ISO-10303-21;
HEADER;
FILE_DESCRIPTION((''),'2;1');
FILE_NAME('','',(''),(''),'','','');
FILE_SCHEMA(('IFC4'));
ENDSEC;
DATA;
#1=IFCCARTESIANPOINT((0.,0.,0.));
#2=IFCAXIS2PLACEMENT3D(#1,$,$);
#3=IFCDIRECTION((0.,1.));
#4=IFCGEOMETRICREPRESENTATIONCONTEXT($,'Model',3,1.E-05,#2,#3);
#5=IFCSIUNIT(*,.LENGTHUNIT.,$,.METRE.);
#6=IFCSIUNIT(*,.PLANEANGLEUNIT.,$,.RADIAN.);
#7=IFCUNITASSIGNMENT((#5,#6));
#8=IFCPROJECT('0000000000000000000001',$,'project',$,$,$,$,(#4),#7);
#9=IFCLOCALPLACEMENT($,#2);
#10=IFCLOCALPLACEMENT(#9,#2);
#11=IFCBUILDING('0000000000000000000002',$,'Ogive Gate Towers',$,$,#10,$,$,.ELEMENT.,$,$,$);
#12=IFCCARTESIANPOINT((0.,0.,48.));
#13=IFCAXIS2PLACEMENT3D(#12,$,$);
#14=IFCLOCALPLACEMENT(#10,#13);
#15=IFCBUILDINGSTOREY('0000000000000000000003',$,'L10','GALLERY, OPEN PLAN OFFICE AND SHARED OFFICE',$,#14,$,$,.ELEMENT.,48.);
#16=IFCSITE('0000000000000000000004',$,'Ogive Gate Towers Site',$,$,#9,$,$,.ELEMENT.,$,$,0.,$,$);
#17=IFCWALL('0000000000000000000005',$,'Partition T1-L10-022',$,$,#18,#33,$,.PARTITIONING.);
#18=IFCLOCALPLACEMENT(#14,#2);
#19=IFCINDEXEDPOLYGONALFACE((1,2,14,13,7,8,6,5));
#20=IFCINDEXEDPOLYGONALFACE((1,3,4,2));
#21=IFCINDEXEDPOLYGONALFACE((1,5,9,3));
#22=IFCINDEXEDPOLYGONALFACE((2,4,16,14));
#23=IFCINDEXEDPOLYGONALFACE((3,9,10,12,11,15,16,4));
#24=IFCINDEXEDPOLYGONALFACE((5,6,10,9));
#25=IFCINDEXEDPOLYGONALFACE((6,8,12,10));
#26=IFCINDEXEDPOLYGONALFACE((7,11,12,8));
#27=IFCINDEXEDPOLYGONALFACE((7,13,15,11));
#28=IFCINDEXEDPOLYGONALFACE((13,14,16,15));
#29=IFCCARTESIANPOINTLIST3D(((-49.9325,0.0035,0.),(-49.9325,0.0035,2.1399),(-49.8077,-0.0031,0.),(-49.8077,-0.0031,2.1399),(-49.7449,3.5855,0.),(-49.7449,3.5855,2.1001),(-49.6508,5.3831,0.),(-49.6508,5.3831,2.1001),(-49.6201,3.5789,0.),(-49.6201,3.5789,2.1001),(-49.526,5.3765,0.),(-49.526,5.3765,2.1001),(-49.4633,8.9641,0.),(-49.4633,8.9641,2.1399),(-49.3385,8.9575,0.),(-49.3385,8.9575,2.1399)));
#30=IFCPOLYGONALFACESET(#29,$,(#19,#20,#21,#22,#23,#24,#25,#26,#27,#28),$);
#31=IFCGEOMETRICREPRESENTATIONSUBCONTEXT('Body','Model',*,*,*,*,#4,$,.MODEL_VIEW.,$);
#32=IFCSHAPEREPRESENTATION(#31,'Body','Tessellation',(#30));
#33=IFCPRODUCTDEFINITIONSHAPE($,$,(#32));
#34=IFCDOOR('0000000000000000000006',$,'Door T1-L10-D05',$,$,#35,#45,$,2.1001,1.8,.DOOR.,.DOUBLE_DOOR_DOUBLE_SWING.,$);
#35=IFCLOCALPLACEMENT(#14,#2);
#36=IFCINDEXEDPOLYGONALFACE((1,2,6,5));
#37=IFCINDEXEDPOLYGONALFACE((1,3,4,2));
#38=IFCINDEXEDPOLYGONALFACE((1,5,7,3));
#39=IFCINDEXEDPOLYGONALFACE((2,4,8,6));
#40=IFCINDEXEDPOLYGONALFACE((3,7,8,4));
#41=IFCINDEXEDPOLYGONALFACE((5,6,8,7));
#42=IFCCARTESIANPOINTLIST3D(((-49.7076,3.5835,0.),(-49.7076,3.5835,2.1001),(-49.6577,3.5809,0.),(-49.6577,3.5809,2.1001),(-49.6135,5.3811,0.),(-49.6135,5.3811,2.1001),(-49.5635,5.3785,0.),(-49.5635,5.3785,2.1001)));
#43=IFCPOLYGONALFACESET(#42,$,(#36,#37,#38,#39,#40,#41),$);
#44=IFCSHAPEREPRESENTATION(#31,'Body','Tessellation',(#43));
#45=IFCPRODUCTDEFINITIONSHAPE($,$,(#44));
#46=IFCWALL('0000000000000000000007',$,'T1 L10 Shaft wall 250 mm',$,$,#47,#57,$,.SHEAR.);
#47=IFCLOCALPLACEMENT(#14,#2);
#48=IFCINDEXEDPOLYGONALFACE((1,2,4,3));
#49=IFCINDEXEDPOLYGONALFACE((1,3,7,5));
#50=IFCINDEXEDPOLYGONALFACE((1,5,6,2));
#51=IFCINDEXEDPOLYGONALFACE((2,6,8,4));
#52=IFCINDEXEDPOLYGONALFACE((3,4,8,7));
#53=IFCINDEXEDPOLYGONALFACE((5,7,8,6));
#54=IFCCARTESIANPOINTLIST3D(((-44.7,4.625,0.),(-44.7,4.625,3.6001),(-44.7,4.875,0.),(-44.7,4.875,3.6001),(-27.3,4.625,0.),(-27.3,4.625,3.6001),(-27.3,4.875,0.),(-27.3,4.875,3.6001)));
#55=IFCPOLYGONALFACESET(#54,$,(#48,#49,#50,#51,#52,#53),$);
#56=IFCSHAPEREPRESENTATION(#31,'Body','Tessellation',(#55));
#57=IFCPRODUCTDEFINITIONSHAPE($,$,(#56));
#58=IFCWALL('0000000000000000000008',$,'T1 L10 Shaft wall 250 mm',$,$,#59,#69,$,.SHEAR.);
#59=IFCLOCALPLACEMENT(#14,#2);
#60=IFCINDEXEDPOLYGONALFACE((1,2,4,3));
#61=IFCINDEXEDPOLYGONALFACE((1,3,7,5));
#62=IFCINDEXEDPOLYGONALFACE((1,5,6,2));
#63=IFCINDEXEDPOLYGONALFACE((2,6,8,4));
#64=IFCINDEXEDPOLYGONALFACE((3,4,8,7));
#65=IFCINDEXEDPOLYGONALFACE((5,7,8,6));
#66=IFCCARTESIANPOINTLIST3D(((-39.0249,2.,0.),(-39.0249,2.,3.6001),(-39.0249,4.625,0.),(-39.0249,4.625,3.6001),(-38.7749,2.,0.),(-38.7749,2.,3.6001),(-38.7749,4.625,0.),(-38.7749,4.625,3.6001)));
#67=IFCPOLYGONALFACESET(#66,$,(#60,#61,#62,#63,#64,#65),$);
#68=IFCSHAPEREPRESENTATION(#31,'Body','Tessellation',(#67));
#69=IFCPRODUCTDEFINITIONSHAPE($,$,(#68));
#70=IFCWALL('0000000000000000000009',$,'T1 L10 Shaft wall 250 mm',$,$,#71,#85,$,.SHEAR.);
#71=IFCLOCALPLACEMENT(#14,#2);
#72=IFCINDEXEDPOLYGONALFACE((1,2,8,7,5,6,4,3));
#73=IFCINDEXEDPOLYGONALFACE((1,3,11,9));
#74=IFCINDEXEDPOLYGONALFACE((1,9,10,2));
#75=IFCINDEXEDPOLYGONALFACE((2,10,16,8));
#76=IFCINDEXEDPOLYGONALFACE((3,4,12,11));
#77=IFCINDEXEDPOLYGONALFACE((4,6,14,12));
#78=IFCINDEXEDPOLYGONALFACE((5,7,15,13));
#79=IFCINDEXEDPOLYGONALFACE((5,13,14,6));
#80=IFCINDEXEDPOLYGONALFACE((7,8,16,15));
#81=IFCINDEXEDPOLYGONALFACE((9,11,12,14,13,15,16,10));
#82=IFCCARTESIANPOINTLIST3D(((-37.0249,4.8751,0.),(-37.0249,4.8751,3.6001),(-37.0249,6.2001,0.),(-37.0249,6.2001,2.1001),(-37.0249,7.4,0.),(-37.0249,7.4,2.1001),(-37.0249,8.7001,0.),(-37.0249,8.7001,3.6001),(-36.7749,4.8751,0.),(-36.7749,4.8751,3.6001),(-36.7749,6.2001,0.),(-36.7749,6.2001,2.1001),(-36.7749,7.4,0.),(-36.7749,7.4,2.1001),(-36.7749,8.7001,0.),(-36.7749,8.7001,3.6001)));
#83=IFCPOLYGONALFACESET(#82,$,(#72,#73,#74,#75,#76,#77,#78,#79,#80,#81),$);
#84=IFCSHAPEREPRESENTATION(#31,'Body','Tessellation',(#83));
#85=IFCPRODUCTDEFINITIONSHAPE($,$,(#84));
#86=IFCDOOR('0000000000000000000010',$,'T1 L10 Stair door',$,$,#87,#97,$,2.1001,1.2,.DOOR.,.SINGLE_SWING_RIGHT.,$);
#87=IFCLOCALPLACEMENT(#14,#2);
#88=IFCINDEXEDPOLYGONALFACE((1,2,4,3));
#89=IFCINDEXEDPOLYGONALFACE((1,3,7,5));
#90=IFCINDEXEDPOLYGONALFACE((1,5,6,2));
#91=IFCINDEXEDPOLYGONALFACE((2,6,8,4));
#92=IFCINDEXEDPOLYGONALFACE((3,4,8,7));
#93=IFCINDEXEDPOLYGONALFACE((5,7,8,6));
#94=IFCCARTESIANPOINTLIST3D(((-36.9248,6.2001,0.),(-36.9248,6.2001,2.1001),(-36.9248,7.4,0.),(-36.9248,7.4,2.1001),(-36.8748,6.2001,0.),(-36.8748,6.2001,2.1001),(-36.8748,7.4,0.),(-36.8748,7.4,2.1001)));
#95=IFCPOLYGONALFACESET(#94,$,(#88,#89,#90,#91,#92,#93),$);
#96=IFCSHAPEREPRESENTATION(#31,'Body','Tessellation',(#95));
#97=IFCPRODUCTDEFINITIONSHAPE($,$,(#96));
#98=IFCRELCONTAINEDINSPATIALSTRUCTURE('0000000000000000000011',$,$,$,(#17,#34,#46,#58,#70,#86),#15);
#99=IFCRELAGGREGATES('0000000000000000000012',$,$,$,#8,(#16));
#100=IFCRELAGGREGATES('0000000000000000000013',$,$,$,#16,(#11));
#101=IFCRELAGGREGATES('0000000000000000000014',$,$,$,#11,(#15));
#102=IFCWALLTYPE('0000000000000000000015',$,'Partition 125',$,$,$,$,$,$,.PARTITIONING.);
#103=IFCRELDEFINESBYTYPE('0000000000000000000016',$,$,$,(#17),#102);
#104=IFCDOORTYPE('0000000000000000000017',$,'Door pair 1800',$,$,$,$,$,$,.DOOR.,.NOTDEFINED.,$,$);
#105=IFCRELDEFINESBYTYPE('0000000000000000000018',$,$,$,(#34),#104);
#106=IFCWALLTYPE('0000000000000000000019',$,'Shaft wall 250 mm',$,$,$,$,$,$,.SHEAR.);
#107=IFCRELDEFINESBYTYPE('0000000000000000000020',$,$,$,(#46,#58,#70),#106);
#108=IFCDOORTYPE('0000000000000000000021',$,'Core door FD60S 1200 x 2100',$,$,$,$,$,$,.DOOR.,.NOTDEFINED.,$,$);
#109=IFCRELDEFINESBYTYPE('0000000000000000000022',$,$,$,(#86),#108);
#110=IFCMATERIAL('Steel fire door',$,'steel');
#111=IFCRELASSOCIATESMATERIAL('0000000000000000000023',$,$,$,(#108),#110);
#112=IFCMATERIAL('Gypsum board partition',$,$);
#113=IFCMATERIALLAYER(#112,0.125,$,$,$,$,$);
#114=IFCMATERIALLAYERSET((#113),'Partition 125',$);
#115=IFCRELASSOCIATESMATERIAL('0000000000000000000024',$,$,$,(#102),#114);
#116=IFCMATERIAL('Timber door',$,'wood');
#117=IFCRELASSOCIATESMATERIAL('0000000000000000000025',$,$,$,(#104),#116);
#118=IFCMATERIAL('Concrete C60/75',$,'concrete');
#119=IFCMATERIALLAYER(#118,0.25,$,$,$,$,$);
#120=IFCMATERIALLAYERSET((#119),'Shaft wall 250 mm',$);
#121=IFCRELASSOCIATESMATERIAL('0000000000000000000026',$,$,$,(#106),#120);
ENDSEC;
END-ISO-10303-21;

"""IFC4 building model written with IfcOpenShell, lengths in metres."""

from ifc_helpers import new_model, si_unit, direction, frame, frame_2d, origin, place, context, subcontext, project, spatial, rectangle, extrude, material, layer, layer_set, type_object, element, fill, save


model = new_model("IFC4")

# Units and contexts
model_context = context("Model", 3, precision=1e-05, world=origin(), true_north=direction((0.0, 1.0)))
body_context = subcontext(model_context, "Body", "Model", "MODEL_VIEW")
ifc_project = project(units=[si_unit("LENGTHUNIT", "METRE"), si_unit("PLANEANGLEUNIT", "RADIAN")], contexts=[model_context])

# Site, building, storey
site_placement = place(None, origin())
site = spatial("IfcSite", under=ifc_project, at=site_placement, Name="Ogive Gate Towers Site", CompositionType="ELEMENT", RefElevation=0.0)
building_placement = place(site_placement, origin())
building = spatial("IfcBuilding", under=site, at=building_placement, Name="Ogive Gate Towers", CompositionType="ELEMENT")
storey_placement = place(building_placement, frame((0.0, 0.0, 48.0)))
storey = spatial("IfcBuildingStorey", under=building, at=storey_placement, Name="L10", Description="GALLERY, OPEN PLAN OFFICE AND SHARED OFFICE", CompositionType="ELEMENT", Elevation=48.0)

# Shared definitions
ifc_material_1 = material(Name="Concrete C60/75", Category="concrete")
ifc_material_2 = material(Name="Timber door", Category="wood")
ifc_material_3 = material(Name="Steel fire door", Category="steel")
door_type_1 = type_object("IfcDoorType", Name="Core door FD60S 1200 x 2100", OperationType="NOTDEFINED", PredefinedType="DOOR", material=ifc_material_3)

# Wall, opening, door
ifc_material_4 = material(Name="Gypsum board partition")
ifc_layer_1 = layer(ifc_material_4, 0.125)
ifc_layer_set_1 = layer_set([ifc_layer_1], Name="Partition 125")
wall_type_1 = type_object("IfcWallType", Name="Partition 125", PredefinedType="PARTITIONING", material=ifc_layer_set_1)
wall_1_placement = place(storey_placement, frame((-49.4009, 8.9607, 0.0), z_axis=(0.0, 0.0, 1.0), x_axis=(-0.052295, -0.998632, 0.0)))
wall_1 = element("IfcWall", 1, at=wall_1_placement, inside=storey, type_object=wall_type_1, Name="Partition T1-L10-022", PredefinedType="PARTITIONING", context=body_context, shape_type="SweptSolid", body=[
    extrude(rectangle(XDim=8.9729, YDim=0.125, at=frame_2d((4.4863, 0.0))), origin(), (0.0, 0.0, 1.0), 2.1399),
])
opening_1_placement = place(wall_1_placement, frame((3.5859, 0.0, 0.0)))
opening_1 = element("IfcOpeningElement", 2, at=opening_1_placement, cuts=wall_1, PredefinedType="OPENING", context=body_context, shape_type="SweptSolid", body=[
    extrude(rectangle(XDim=1.8, YDim=2.1001, at=frame_2d((0.8999, 1.05))), frame((0.0, 0.0725, 0.0), z_axis=(0.0, -1.0, 0.0), x_axis=(1.0, 0.0, 0.0)), (0.0, 0.0, 1.0), 0.145),
])
door_type_2 = type_object("IfcDoorType", Name="Door pair 1800", OperationType="NOTDEFINED", PredefinedType="DOOR", material=ifc_material_2)
door_1_placement = place(opening_1_placement, origin())
door_1 = element("IfcDoor", 3, at=door_1_placement, inside=storey, type_object=door_type_2, Name="Door T1-L10-D05", OperationType="DOUBLE_DOOR_DOUBLE_SWING", OverallHeight=2.1001, OverallWidth=1.8, PredefinedType="DOOR", context=body_context, shape_type="SweptSolid", body=[
    extrude(rectangle(XDim=1.8, YDim=2.1001, at=frame_2d((0.8999, 1.05))), frame((0.0, 0.0249, 0.0), z_axis=(0.0, -1.0, 0.0), x_axis=(1.0, 0.0, 0.0)), (0.0, 0.0, 1.0), 0.05),
])
fill(opening_1, door_1)

# Walls
ifc_layer_2 = layer(ifc_material_1, 0.25)
ifc_layer_set_2 = layer_set([ifc_layer_2], Name="Shaft wall 250 mm")
wall_type_2 = type_object("IfcWallType", Name="Shaft wall 250 mm", PredefinedType="SHEAR", material=ifc_layer_set_2)
wall_2_placement = place(storey_placement, frame((-44.7, 4.75, 0.0), z_axis=(0.0, 0.0, 1.0), x_axis=(1.0, 0.0, 0.0)))
element("IfcWall", 4, at=wall_2_placement, inside=storey, type_object=wall_type_2, Name="T1 L10 Shaft wall 250 mm", PredefinedType="SHEAR", context=body_context, shape_type="SweptSolid", body=[
    extrude(rectangle(XDim=17.3999, YDim=0.25, at=frame_2d((8.7, 0.0))), origin(), (0.0, 0.0, 1.0), 3.6001),
])
wall_3_placement = place(storey_placement, frame((-38.8999, 2.0, 0.0), z_axis=(0.0, 0.0, 1.0), x_axis=(0.0, 1.0, 0.0)))
element("IfcWall", 5, at=wall_3_placement, inside=storey, type_object=wall_type_2, Name="T1 L10 Shaft wall 250 mm", PredefinedType="SHEAR", context=body_context, shape_type="SweptSolid", body=[
    extrude(rectangle(XDim=2.625, YDim=0.25, at=frame_2d((1.3125, 0.0))), origin(), (0.0, 0.0, 1.0), 3.6001),
])

# Wall, opening, door
wall_4_placement = place(storey_placement, frame((-36.8999, 4.875, 0.0), z_axis=(0.0, 0.0, 1.0), x_axis=(0.0, 1.0, 0.0)))
wall_4 = element("IfcWall", 6, at=wall_4_placement, inside=storey, type_object=wall_type_2, Name="T1 L10 Shaft wall 250 mm", PredefinedType="SHEAR", context=body_context, shape_type="SweptSolid", body=[
    extrude(rectangle(XDim=3.825, YDim=0.25, at=frame_2d((1.9126, 0.0))), origin(), (0.0, 0.0, 1.0), 3.6001),
])
opening_2_placement = place(wall_4_placement, frame((1.325, 0.0, 0.0)))
opening_2 = element("IfcOpeningElement", 7, at=opening_2_placement, cuts=wall_4, PredefinedType="OPENING", context=body_context, shape_type="SweptSolid", body=[
    extrude(rectangle(XDim=1.2, YDim=2.1001, at=frame_2d((0.6001, 1.05))), frame((0.0, 0.135, 0.0), z_axis=(0.0, -1.0, 0.0), x_axis=(1.0, 0.0, 0.0)), (0.0, 0.0, 1.0), 0.27),
])
door_2_placement = place(opening_2_placement, origin())
door_2 = element("IfcDoor", 8, at=door_2_placement, inside=storey, type_object=door_type_1, Name="T1 L10 Stair door", OperationType="SINGLE_SWING_RIGHT", OverallHeight=2.1001, OverallWidth=1.2, PredefinedType="DOOR", context=body_context, shape_type="SweptSolid", body=[
    extrude(rectangle(XDim=1.2, YDim=2.1001, at=frame_2d((0.6001, 1.05))), frame((0.0, 0.0249, 0.0), z_axis=(0.0, -1.0, 0.0), x_axis=(1.0, 0.0, 0.0)), (0.0, 0.0, 1.0), 0.05),
])
fill(opening_2, door_2)

save(model, "model.ifc")
